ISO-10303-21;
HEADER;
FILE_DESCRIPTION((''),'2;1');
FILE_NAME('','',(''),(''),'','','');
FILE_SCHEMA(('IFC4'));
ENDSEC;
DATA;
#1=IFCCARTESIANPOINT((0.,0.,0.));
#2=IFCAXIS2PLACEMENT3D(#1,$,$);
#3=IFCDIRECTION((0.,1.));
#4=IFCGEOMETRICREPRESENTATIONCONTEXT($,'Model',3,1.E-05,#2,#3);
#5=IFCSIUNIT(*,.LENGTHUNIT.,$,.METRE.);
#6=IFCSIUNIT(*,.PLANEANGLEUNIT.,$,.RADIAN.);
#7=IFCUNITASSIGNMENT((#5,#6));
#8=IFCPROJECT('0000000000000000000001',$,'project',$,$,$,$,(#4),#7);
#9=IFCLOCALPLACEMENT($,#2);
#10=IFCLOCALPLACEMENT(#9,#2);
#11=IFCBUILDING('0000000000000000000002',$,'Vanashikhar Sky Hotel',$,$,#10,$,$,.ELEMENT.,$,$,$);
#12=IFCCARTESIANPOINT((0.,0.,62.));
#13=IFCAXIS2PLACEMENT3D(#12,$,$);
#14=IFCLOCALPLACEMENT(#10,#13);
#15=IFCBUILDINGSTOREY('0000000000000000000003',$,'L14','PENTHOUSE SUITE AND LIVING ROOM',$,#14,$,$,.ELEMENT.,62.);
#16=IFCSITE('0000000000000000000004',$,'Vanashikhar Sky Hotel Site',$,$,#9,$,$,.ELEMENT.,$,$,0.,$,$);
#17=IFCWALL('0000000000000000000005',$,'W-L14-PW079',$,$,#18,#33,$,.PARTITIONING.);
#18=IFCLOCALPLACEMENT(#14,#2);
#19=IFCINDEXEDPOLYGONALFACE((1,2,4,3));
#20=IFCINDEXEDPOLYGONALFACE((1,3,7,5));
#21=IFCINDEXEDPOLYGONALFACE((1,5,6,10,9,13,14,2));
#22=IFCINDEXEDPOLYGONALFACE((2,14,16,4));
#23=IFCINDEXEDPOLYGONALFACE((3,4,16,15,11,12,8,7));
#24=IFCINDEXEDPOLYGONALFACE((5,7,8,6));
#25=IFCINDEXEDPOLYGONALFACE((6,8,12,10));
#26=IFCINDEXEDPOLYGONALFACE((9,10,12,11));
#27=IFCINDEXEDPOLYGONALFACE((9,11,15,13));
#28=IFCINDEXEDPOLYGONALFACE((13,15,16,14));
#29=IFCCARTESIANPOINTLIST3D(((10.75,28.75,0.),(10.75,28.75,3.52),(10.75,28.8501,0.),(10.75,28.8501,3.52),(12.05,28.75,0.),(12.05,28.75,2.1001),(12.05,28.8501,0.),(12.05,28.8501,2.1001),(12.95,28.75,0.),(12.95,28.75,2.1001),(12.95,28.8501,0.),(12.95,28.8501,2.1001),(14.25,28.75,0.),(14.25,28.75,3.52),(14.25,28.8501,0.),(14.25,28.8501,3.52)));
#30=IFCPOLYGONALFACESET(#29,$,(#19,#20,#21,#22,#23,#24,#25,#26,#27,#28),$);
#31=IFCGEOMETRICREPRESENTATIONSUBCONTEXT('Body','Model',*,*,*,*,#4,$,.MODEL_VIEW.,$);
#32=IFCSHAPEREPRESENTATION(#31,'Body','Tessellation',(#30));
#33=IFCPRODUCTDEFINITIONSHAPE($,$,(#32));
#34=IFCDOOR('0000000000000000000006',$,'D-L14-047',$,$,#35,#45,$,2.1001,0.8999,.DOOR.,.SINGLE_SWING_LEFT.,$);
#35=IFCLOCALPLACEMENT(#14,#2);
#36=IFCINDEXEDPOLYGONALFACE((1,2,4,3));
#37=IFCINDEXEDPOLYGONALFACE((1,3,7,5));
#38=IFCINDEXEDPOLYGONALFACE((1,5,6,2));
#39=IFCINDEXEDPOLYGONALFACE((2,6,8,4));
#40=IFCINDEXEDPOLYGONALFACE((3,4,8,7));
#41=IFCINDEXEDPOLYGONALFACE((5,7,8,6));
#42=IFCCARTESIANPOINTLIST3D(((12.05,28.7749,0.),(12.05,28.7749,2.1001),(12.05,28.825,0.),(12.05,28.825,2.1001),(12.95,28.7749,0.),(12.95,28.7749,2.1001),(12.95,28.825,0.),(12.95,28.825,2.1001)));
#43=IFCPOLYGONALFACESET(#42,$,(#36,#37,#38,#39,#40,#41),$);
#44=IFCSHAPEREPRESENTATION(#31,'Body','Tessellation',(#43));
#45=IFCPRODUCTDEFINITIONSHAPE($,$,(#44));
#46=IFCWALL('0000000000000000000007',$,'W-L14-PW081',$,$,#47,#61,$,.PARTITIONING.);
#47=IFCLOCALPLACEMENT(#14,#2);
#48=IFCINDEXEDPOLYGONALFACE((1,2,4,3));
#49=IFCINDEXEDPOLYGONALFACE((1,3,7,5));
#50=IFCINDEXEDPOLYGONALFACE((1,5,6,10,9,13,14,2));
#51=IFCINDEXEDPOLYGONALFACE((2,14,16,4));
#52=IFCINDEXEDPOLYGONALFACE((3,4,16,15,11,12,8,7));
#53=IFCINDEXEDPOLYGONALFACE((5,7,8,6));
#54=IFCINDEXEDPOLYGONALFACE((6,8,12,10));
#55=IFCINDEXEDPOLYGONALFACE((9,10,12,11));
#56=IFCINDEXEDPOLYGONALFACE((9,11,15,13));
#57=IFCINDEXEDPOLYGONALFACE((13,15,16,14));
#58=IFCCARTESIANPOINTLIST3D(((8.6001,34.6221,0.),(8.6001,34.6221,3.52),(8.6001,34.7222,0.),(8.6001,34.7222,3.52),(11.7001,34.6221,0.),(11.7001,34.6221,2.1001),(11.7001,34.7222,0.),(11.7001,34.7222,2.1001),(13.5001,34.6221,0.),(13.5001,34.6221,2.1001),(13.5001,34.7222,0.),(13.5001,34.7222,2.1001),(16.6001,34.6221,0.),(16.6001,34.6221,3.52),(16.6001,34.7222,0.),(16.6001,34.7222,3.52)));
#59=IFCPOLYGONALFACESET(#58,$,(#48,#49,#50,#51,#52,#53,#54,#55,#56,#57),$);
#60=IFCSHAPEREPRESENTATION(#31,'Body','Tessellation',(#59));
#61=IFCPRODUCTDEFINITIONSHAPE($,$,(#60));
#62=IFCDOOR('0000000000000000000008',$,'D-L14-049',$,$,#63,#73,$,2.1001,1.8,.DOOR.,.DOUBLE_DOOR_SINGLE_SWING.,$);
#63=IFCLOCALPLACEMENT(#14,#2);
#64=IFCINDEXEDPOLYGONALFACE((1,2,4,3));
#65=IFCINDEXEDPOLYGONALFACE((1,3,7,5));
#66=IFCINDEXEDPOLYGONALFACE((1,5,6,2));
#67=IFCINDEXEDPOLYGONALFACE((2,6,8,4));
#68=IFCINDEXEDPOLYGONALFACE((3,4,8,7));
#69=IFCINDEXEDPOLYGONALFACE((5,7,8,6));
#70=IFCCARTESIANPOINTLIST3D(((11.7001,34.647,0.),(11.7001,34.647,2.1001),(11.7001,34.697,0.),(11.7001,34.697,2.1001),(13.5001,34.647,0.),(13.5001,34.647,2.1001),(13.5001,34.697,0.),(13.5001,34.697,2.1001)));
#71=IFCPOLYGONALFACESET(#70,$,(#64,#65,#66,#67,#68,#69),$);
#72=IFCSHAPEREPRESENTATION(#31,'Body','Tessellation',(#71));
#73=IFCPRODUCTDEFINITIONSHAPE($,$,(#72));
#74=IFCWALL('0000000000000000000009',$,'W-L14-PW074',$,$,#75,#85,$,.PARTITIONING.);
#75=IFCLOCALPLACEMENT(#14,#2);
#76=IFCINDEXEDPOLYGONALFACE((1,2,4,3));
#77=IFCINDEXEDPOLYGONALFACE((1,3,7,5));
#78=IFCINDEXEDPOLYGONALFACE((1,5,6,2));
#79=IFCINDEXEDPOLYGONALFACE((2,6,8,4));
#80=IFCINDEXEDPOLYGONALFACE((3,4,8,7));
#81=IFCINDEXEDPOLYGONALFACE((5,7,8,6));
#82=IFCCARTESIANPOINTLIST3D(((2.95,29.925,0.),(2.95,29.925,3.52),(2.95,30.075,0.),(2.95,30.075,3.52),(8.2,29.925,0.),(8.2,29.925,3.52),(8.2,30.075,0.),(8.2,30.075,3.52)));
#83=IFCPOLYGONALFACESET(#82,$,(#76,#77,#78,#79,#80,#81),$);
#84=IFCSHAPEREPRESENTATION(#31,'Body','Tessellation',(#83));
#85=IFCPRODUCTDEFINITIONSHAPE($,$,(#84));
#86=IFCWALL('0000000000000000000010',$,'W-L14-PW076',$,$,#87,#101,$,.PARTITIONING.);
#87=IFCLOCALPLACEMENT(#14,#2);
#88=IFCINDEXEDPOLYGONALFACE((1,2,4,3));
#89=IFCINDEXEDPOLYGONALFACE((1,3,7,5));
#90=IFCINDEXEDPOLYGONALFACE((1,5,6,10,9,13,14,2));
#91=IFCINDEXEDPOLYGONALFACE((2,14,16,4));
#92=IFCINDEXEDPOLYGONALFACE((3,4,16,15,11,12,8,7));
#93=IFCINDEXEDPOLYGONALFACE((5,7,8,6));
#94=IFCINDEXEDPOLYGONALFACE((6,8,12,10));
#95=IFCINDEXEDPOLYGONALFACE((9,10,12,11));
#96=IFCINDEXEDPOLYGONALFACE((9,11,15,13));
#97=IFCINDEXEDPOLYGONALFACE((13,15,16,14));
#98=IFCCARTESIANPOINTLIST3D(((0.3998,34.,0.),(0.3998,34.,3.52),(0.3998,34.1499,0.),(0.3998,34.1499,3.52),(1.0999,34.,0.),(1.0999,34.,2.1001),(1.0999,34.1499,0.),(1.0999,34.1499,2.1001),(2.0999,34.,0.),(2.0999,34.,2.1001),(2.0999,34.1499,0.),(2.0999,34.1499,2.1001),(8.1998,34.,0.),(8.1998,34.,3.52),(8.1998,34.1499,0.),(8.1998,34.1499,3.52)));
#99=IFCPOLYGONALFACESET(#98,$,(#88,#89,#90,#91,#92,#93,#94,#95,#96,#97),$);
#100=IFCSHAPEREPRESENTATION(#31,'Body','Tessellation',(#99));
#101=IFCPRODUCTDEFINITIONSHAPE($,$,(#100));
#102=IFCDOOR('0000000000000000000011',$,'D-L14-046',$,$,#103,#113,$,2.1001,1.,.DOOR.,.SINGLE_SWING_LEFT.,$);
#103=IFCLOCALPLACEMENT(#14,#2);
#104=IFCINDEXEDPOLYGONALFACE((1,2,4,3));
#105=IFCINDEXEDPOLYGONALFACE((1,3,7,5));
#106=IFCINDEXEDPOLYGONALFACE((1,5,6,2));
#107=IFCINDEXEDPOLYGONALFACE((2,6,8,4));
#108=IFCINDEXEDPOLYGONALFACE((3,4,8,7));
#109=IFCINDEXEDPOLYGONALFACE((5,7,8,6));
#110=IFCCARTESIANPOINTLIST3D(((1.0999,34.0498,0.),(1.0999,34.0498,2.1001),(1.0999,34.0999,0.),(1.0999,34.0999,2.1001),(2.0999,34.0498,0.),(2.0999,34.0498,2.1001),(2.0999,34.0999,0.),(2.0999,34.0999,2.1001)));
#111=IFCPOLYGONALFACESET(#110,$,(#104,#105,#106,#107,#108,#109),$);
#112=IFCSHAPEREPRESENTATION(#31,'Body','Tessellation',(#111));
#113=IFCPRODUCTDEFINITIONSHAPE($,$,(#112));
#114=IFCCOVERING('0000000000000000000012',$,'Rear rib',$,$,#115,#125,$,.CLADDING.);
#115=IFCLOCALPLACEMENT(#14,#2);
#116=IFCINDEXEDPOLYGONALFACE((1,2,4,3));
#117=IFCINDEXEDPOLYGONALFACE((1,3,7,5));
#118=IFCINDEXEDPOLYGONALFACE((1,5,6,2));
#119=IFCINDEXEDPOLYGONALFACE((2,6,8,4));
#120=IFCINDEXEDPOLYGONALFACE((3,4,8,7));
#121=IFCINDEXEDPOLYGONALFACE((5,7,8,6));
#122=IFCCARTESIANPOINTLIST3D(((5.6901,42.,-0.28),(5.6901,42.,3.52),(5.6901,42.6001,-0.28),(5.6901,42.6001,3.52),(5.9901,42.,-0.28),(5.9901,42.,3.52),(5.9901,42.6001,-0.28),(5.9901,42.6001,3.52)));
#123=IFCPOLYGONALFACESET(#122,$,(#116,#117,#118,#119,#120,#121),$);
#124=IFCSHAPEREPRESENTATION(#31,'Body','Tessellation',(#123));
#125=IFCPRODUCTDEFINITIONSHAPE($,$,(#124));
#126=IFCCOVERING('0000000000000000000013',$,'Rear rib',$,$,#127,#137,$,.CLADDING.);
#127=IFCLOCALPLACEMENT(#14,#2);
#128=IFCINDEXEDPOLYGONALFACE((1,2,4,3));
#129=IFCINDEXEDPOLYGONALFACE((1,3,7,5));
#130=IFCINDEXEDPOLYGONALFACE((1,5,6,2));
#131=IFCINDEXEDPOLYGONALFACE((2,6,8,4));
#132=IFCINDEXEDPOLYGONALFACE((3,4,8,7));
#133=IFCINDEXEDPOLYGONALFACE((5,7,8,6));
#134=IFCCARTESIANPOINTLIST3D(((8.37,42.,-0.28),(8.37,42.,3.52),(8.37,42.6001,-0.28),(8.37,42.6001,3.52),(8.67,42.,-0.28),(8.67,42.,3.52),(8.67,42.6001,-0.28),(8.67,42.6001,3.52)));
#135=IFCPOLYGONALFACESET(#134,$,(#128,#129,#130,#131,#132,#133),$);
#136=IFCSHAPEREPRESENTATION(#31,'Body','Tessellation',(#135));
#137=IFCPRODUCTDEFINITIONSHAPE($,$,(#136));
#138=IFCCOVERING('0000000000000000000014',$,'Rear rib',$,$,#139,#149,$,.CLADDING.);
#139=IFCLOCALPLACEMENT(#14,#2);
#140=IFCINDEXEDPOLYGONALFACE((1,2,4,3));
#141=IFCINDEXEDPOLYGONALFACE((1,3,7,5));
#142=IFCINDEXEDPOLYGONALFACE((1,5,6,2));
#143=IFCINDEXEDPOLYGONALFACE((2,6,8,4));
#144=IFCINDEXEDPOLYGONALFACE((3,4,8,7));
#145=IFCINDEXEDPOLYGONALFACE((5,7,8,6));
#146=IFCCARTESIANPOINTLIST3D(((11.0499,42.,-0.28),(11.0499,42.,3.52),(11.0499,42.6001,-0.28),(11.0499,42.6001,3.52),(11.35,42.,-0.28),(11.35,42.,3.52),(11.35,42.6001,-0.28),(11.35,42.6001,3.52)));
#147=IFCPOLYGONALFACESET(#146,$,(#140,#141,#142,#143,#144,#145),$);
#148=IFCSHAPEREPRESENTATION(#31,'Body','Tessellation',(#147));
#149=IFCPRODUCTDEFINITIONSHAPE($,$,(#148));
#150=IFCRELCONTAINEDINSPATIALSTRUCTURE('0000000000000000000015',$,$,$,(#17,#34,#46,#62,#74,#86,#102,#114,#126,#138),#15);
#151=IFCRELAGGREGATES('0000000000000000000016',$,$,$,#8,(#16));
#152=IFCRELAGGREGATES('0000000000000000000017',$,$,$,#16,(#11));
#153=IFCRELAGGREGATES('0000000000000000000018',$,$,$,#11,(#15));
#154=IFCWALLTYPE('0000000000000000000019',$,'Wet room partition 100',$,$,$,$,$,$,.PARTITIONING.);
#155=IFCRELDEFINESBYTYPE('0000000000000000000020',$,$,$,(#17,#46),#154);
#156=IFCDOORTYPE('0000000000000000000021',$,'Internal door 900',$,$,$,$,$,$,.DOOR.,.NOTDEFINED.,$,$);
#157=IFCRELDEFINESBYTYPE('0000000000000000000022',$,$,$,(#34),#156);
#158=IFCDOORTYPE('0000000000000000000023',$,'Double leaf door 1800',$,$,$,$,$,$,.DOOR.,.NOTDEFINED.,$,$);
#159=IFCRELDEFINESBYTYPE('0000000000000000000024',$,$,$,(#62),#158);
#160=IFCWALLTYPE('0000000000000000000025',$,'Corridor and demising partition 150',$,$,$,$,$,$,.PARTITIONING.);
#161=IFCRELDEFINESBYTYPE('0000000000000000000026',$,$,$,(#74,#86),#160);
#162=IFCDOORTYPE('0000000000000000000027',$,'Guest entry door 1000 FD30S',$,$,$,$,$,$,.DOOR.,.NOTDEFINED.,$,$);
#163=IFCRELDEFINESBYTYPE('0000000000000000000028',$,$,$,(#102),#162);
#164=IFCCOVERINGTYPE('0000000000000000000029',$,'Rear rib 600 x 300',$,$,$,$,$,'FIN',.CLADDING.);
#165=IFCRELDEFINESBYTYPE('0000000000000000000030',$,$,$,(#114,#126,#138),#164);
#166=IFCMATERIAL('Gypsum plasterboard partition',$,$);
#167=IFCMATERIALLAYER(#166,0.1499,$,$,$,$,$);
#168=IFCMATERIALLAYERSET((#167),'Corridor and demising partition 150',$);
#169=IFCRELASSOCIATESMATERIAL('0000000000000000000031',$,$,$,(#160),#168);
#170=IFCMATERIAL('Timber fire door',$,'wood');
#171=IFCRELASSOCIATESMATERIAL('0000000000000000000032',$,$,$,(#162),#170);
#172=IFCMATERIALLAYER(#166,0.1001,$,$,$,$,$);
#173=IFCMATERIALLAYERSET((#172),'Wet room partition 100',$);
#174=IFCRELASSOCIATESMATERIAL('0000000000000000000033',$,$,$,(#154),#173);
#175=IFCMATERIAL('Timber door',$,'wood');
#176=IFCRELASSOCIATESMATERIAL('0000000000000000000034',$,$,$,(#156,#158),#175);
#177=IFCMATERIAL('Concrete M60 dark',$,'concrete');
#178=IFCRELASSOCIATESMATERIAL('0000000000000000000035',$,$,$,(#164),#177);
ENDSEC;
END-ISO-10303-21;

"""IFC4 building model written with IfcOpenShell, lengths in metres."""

from ifc_helpers import new_model, si_unit, direction, frame, frame_2d, origin, origin_2d, place, context, subcontext, project, spatial, rectangle, extrude, source, transform, mapped, material, layer, layer_set, material_profile, profile_set, type_object, element, fill, save


model = new_model("IFC4")

# Units and contexts
model_context = context("Model", 3, precision=1e-05, world=origin(), true_north=direction((0.0, 1.0)))
body_context = subcontext(model_context, "Body", "Model", "MODEL_VIEW")
ifc_project = project(units=[si_unit("LENGTHUNIT", "METRE"), si_unit("PLANEANGLEUNIT", "RADIAN")], contexts=[model_context])

# Site, building, storey
site_placement = place(None, origin())
site = spatial("IfcSite", under=ifc_project, at=site_placement, Name="Vanashikhar Sky Hotel Site", CompositionType="ELEMENT", RefElevation=0.0)
building_placement = place(site_placement, origin())
building = spatial("IfcBuilding", under=site, at=building_placement, Name="Vanashikhar Sky Hotel", CompositionType="ELEMENT")
storey_placement = place(building_placement, frame((0.0, 0.0, 62.0)))
storey = spatial("IfcBuildingStorey", under=building, at=storey_placement, Name="L14", Description="PENTHOUSE SUITE AND LIVING ROOM", CompositionType="ELEMENT", Elevation=62.0)

# Walls, openings, doors
ifc_material_1 = material(Name="Gypsum plasterboard partition")
ifc_layer_1 = layer(ifc_material_1, 0.1499)
ifc_layer_set_1 = layer_set([ifc_layer_1], Name="Corridor and demising partition 150")
wall_type_1 = type_object("IfcWallType", Name="Corridor and demising partition 150", PredefinedType="PARTITIONING", material=ifc_layer_set_1)
shared_shape_1 = source(origin(), body_context, "Body", "SweptSolid", [
    extrude(rectangle(XDim=1.0, YDim=2.1001, at=frame_2d((0.5, 1.05))), frame((0.0, 0.085, 0.0), z_axis=(0.0, -1.0, 0.0), x_axis=(1.0, 0.0, 0.0)), (0.0, 0.0, 1.0), 0.1699),
])
ifc_material_2 = material(Name="Timber fire door", Category="wood")
door_type_1 = type_object("IfcDoorType", Name="Guest entry door 1000 FD30S", OperationType="NOTDEFINED", PredefinedType="DOOR", material=ifc_material_2)
shared_shape_2 = source(origin(), body_context, "Body", "SweptSolid", [
    extrude(rectangle(XDim=1.0, YDim=2.1001, at=frame_2d((0.5, 1.05))), frame((0.0, 0.0249, 0.0), z_axis=(0.0, -1.0, 0.0), x_axis=(1.0, 0.0, 0.0)), (0.0, 0.0, 1.0), 0.05),
])
ifc_layer_2 = layer(ifc_material_1, 0.1001)
ifc_layer_set_2 = layer_set([ifc_layer_2], Name="Wet room partition 100")
wall_type_2 = type_object("IfcWallType", Name="Wet room partition 100", PredefinedType="PARTITIONING", material=ifc_layer_set_2)
shared_shape_3 = source(origin(), body_context, "Body", "SweptSolid", [
    extrude(rectangle(XDim=3.5, YDim=0.1001, at=frame_2d((1.75, 0.0))), origin(), (0.0, 0.0, 1.0), 3.52),
])
wall_1_placement = place(storey_placement, frame((10.75, 28.8, 0.0), z_axis=(0.0, 0.0, 1.0), x_axis=(1.0, 0.0, 0.0)))
wall_1 = element("IfcWall", 1, at=wall_1_placement, inside=storey, type_object=wall_type_2, Name="W-L14-PW079", PredefinedType="PARTITIONING", context=body_context, shape_type="MappedRepresentation", body=[
    mapped(shared_shape_3, transform((0.0, 0.0, 0.0), scale=1.0)),
])
shared_shape_4 = source(origin(), body_context, "Body", "SweptSolid", [
    extrude(rectangle(XDim=0.8999, YDim=2.1001, at=frame_2d((0.45, 1.05))), frame((0.0, 0.0601, 0.0), z_axis=(0.0, -1.0, 0.0), x_axis=(1.0, 0.0, 0.0)), (0.0, 0.0, 1.0), 0.1201),
])
opening_1_placement = place(wall_1_placement, frame((1.3, 0.0, 0.0)))
opening_1 = element("IfcOpeningElement", 2, at=opening_1_placement, cuts=wall_1, PredefinedType="OPENING", context=body_context, shape_type="MappedRepresentation", body=[
    mapped(shared_shape_4, transform((0.0, 0.0, 0.0), scale=1.0)),
])
ifc_material_3 = material(Name="Timber door", Category="wood")
door_type_2 = type_object("IfcDoorType", Name="Internal door 900", OperationType="NOTDEFINED", PredefinedType="DOOR", material=ifc_material_3)
shared_shape_5 = source(origin(), body_context, "Body", "SweptSolid", [
    extrude(rectangle(XDim=0.8999, YDim=2.1001, at=frame_2d((0.45, 1.05))), frame((0.0, 0.0249, 0.0), z_axis=(0.0, -1.0, 0.0), x_axis=(1.0, 0.0, 0.0)), (0.0, 0.0, 1.0), 0.05),
])
door_1_placement = place(opening_1_placement, origin())
door_1 = element("IfcDoor", 3, at=door_1_placement, inside=storey, type_object=door_type_2, Name="D-L14-047", OperationType="SINGLE_SWING_LEFT", OverallHeight=2.1001, OverallWidth=0.8999, PredefinedType="DOOR", context=body_context, shape_type="MappedRepresentation", body=[
    mapped(shared_shape_5, transform((0.0, 0.0, 0.0), scale=1.0)),
])
fill(opening_1, door_1)
shared_shape_6 = source(origin(), body_context, "Body", "SweptSolid", [
    extrude(rectangle(XDim=8.0, YDim=0.1001, at=frame_2d((4.0, 0.0))), origin(), (0.0, 0.0, 1.0), 3.52),
])
wall_2_placement = place(storey_placement, frame((8.6001, 34.6721, 0.0), z_axis=(0.0, 0.0, 1.0), x_axis=(1.0, 0.0, 0.0)))
wall_2 = element("IfcWall", 4, at=wall_2_placement, inside=storey, type_object=wall_type_2, Name="W-L14-PW081", PredefinedType="PARTITIONING", context=body_context, shape_type="MappedRepresentation", body=[
    mapped(shared_shape_6, transform((0.0, 0.0, 0.0), scale=1.0)),
])
shared_shape_7 = source(origin(), body_context, "Body", "SweptSolid", [
    extrude(rectangle(XDim=1.8, YDim=2.1001, at=frame_2d((0.8999, 1.05))), frame((0.0, 0.0601, 0.0), z_axis=(0.0, -1.0, 0.0), x_axis=(1.0, 0.0, 0.0)), (0.0, 0.0, 1.0), 0.1201),
])
opening_2_placement = place(wall_2_placement, frame((3.1001, 0.0, 0.0)))
opening_2 = element("IfcOpeningElement", 5, at=opening_2_placement, cuts=wall_2, PredefinedType="OPENING", context=body_context, shape_type="MappedRepresentation", body=[
    mapped(shared_shape_7, transform((0.0, 0.0, 0.0), scale=1.0)),
])
door_type_3 = type_object("IfcDoorType", Name="Double leaf door 1800", OperationType="NOTDEFINED", PredefinedType="DOOR", material=ifc_material_3)
shared_shape_8 = source(origin(), body_context, "Body", "SweptSolid", [
    extrude(rectangle(XDim=1.8, YDim=2.1001, at=frame_2d((0.8999, 1.05))), frame((0.0, 0.0249, 0.0), z_axis=(0.0, -1.0, 0.0), x_axis=(1.0, 0.0, 0.0)), (0.0, 0.0, 1.0), 0.05),
])
door_2_placement = place(opening_2_placement, origin())
door_2 = element("IfcDoor", 6, at=door_2_placement, inside=storey, type_object=door_type_3, Name="D-L14-049", OperationType="DOUBLE_DOOR_SINGLE_SWING", OverallHeight=2.1001, OverallWidth=1.8, PredefinedType="DOOR", context=body_context, shape_type="MappedRepresentation", body=[
    mapped(shared_shape_8, transform((0.0, 0.0, 0.0), scale=1.0)),
])
fill(opening_2, door_2)

# Wall
shared_shape_9 = source(origin(), body_context, "Body", "SweptSolid", [
    extrude(rectangle(XDim=5.25, YDim=0.1499, at=frame_2d((2.625, 0.0))), origin(), (0.0, 0.0, 1.0), 3.52),
])
wall_3_placement = place(storey_placement, frame((2.95, 30.0, 0.0), z_axis=(0.0, 0.0, 1.0), x_axis=(1.0, 0.0, 0.0)))
element("IfcWall", 7, at=wall_3_placement, inside=storey, type_object=wall_type_1, Name="W-L14-PW074", PredefinedType="PARTITIONING", context=body_context, shape_type="MappedRepresentation", body=[
    mapped(shared_shape_9, transform((0.0, 0.0, 0.0), scale=1.0)),
])

# Wall, opening, door
shared_shape_10 = source(origin(), body_context, "Body", "SweptSolid", [
    extrude(rectangle(XDim=7.8, YDim=0.1499, at=frame_2d((3.8999, 0.0))), origin(), (0.0, 0.0, 1.0), 3.52),
])
wall_4_placement = place(storey_placement, frame((0.3999, 34.075, 0.0), z_axis=(0.0, 0.0, 1.0), x_axis=(1.0, 0.0, 0.0)))
wall_4 = element("IfcWall", 8, at=wall_4_placement, inside=storey, type_object=wall_type_1, Name="W-L14-PW076", PredefinedType="PARTITIONING", context=body_context, shape_type="MappedRepresentation", body=[
    mapped(shared_shape_10, transform((0.0, 0.0, 0.0), scale=1.0)),
])
opening_3_placement = place(wall_4_placement, frame((0.7, 0.0, 0.0)))
opening_3 = element("IfcOpeningElement", 9, at=opening_3_placement, cuts=wall_4, PredefinedType="OPENING", context=body_context, shape_type="MappedRepresentation", body=[
    mapped(shared_shape_1, transform((0.0, 0.0, 0.0), scale=1.0)),
])
door_3_placement = place(opening_3_placement, origin())
door_3 = element("IfcDoor", 10, at=door_3_placement, inside=storey, type_object=door_type_1, Name="D-L14-046", OperationType="SINGLE_SWING_LEFT", OverallHeight=2.1001, OverallWidth=1.0, PredefinedType="DOOR", context=body_context, shape_type="MappedRepresentation", body=[
    mapped(shared_shape_2, transform((0.0, 0.0, 0.0), scale=1.0)),
])
fill(opening_3, door_3)

# Coverings
ifc_material_4 = material(Name="Concrete M60 dark", Category="concrete")
ifc_material_profile_1 = material_profile(ifc_material_4, rectangle(XDim=0.6001, YDim=0.3, at=origin_2d()))
ifc_profile_set_1 = profile_set([ifc_material_profile_1], Name="Rear rib 600 x 300")
covering_type = type_object("IfcCoveringType", Name="Rear rib 600 x 300", ElementType="FIN", PredefinedType="CLADDING", material=ifc_profile_set_1)
shared_shape_11 = source(origin(), body_context, "Body", "SweptSolid", [
    extrude(rectangle(XDim=0.6001, YDim=0.3, at=origin_2d()), origin(), (0.0, 0.0, 1.0), 3.8),
])
for number, where, z_axis, x_axis, name in (
    (11, (5.8401, 42.3, -0.28), (0.0, 0.0, 1.0), (0.0, 1.0, 0.0), "Rear rib"),
    (12, (8.52, 42.3, -0.28), (0.0, 0.0, 1.0), (0.0, 1.0, 0.0), "Rear rib"),
    (13, (11.2, 42.3, -0.28), (0.0, 0.0, 1.0), (0.0, 1.0, 0.0), "Rear rib"),
):
    element("IfcCovering", number, at=place(storey_placement, frame(where, z_axis=z_axis, x_axis=x_axis)), inside=storey, type_object=covering_type, Name=name, PredefinedType="CLADDING", context=body_context, shape_type="MappedRepresentation", body=[
        mapped(shared_shape_11, transform((0.0, 0.0, 0.0), scale=1.0)),
    ])

save(model, "model.ifc")
